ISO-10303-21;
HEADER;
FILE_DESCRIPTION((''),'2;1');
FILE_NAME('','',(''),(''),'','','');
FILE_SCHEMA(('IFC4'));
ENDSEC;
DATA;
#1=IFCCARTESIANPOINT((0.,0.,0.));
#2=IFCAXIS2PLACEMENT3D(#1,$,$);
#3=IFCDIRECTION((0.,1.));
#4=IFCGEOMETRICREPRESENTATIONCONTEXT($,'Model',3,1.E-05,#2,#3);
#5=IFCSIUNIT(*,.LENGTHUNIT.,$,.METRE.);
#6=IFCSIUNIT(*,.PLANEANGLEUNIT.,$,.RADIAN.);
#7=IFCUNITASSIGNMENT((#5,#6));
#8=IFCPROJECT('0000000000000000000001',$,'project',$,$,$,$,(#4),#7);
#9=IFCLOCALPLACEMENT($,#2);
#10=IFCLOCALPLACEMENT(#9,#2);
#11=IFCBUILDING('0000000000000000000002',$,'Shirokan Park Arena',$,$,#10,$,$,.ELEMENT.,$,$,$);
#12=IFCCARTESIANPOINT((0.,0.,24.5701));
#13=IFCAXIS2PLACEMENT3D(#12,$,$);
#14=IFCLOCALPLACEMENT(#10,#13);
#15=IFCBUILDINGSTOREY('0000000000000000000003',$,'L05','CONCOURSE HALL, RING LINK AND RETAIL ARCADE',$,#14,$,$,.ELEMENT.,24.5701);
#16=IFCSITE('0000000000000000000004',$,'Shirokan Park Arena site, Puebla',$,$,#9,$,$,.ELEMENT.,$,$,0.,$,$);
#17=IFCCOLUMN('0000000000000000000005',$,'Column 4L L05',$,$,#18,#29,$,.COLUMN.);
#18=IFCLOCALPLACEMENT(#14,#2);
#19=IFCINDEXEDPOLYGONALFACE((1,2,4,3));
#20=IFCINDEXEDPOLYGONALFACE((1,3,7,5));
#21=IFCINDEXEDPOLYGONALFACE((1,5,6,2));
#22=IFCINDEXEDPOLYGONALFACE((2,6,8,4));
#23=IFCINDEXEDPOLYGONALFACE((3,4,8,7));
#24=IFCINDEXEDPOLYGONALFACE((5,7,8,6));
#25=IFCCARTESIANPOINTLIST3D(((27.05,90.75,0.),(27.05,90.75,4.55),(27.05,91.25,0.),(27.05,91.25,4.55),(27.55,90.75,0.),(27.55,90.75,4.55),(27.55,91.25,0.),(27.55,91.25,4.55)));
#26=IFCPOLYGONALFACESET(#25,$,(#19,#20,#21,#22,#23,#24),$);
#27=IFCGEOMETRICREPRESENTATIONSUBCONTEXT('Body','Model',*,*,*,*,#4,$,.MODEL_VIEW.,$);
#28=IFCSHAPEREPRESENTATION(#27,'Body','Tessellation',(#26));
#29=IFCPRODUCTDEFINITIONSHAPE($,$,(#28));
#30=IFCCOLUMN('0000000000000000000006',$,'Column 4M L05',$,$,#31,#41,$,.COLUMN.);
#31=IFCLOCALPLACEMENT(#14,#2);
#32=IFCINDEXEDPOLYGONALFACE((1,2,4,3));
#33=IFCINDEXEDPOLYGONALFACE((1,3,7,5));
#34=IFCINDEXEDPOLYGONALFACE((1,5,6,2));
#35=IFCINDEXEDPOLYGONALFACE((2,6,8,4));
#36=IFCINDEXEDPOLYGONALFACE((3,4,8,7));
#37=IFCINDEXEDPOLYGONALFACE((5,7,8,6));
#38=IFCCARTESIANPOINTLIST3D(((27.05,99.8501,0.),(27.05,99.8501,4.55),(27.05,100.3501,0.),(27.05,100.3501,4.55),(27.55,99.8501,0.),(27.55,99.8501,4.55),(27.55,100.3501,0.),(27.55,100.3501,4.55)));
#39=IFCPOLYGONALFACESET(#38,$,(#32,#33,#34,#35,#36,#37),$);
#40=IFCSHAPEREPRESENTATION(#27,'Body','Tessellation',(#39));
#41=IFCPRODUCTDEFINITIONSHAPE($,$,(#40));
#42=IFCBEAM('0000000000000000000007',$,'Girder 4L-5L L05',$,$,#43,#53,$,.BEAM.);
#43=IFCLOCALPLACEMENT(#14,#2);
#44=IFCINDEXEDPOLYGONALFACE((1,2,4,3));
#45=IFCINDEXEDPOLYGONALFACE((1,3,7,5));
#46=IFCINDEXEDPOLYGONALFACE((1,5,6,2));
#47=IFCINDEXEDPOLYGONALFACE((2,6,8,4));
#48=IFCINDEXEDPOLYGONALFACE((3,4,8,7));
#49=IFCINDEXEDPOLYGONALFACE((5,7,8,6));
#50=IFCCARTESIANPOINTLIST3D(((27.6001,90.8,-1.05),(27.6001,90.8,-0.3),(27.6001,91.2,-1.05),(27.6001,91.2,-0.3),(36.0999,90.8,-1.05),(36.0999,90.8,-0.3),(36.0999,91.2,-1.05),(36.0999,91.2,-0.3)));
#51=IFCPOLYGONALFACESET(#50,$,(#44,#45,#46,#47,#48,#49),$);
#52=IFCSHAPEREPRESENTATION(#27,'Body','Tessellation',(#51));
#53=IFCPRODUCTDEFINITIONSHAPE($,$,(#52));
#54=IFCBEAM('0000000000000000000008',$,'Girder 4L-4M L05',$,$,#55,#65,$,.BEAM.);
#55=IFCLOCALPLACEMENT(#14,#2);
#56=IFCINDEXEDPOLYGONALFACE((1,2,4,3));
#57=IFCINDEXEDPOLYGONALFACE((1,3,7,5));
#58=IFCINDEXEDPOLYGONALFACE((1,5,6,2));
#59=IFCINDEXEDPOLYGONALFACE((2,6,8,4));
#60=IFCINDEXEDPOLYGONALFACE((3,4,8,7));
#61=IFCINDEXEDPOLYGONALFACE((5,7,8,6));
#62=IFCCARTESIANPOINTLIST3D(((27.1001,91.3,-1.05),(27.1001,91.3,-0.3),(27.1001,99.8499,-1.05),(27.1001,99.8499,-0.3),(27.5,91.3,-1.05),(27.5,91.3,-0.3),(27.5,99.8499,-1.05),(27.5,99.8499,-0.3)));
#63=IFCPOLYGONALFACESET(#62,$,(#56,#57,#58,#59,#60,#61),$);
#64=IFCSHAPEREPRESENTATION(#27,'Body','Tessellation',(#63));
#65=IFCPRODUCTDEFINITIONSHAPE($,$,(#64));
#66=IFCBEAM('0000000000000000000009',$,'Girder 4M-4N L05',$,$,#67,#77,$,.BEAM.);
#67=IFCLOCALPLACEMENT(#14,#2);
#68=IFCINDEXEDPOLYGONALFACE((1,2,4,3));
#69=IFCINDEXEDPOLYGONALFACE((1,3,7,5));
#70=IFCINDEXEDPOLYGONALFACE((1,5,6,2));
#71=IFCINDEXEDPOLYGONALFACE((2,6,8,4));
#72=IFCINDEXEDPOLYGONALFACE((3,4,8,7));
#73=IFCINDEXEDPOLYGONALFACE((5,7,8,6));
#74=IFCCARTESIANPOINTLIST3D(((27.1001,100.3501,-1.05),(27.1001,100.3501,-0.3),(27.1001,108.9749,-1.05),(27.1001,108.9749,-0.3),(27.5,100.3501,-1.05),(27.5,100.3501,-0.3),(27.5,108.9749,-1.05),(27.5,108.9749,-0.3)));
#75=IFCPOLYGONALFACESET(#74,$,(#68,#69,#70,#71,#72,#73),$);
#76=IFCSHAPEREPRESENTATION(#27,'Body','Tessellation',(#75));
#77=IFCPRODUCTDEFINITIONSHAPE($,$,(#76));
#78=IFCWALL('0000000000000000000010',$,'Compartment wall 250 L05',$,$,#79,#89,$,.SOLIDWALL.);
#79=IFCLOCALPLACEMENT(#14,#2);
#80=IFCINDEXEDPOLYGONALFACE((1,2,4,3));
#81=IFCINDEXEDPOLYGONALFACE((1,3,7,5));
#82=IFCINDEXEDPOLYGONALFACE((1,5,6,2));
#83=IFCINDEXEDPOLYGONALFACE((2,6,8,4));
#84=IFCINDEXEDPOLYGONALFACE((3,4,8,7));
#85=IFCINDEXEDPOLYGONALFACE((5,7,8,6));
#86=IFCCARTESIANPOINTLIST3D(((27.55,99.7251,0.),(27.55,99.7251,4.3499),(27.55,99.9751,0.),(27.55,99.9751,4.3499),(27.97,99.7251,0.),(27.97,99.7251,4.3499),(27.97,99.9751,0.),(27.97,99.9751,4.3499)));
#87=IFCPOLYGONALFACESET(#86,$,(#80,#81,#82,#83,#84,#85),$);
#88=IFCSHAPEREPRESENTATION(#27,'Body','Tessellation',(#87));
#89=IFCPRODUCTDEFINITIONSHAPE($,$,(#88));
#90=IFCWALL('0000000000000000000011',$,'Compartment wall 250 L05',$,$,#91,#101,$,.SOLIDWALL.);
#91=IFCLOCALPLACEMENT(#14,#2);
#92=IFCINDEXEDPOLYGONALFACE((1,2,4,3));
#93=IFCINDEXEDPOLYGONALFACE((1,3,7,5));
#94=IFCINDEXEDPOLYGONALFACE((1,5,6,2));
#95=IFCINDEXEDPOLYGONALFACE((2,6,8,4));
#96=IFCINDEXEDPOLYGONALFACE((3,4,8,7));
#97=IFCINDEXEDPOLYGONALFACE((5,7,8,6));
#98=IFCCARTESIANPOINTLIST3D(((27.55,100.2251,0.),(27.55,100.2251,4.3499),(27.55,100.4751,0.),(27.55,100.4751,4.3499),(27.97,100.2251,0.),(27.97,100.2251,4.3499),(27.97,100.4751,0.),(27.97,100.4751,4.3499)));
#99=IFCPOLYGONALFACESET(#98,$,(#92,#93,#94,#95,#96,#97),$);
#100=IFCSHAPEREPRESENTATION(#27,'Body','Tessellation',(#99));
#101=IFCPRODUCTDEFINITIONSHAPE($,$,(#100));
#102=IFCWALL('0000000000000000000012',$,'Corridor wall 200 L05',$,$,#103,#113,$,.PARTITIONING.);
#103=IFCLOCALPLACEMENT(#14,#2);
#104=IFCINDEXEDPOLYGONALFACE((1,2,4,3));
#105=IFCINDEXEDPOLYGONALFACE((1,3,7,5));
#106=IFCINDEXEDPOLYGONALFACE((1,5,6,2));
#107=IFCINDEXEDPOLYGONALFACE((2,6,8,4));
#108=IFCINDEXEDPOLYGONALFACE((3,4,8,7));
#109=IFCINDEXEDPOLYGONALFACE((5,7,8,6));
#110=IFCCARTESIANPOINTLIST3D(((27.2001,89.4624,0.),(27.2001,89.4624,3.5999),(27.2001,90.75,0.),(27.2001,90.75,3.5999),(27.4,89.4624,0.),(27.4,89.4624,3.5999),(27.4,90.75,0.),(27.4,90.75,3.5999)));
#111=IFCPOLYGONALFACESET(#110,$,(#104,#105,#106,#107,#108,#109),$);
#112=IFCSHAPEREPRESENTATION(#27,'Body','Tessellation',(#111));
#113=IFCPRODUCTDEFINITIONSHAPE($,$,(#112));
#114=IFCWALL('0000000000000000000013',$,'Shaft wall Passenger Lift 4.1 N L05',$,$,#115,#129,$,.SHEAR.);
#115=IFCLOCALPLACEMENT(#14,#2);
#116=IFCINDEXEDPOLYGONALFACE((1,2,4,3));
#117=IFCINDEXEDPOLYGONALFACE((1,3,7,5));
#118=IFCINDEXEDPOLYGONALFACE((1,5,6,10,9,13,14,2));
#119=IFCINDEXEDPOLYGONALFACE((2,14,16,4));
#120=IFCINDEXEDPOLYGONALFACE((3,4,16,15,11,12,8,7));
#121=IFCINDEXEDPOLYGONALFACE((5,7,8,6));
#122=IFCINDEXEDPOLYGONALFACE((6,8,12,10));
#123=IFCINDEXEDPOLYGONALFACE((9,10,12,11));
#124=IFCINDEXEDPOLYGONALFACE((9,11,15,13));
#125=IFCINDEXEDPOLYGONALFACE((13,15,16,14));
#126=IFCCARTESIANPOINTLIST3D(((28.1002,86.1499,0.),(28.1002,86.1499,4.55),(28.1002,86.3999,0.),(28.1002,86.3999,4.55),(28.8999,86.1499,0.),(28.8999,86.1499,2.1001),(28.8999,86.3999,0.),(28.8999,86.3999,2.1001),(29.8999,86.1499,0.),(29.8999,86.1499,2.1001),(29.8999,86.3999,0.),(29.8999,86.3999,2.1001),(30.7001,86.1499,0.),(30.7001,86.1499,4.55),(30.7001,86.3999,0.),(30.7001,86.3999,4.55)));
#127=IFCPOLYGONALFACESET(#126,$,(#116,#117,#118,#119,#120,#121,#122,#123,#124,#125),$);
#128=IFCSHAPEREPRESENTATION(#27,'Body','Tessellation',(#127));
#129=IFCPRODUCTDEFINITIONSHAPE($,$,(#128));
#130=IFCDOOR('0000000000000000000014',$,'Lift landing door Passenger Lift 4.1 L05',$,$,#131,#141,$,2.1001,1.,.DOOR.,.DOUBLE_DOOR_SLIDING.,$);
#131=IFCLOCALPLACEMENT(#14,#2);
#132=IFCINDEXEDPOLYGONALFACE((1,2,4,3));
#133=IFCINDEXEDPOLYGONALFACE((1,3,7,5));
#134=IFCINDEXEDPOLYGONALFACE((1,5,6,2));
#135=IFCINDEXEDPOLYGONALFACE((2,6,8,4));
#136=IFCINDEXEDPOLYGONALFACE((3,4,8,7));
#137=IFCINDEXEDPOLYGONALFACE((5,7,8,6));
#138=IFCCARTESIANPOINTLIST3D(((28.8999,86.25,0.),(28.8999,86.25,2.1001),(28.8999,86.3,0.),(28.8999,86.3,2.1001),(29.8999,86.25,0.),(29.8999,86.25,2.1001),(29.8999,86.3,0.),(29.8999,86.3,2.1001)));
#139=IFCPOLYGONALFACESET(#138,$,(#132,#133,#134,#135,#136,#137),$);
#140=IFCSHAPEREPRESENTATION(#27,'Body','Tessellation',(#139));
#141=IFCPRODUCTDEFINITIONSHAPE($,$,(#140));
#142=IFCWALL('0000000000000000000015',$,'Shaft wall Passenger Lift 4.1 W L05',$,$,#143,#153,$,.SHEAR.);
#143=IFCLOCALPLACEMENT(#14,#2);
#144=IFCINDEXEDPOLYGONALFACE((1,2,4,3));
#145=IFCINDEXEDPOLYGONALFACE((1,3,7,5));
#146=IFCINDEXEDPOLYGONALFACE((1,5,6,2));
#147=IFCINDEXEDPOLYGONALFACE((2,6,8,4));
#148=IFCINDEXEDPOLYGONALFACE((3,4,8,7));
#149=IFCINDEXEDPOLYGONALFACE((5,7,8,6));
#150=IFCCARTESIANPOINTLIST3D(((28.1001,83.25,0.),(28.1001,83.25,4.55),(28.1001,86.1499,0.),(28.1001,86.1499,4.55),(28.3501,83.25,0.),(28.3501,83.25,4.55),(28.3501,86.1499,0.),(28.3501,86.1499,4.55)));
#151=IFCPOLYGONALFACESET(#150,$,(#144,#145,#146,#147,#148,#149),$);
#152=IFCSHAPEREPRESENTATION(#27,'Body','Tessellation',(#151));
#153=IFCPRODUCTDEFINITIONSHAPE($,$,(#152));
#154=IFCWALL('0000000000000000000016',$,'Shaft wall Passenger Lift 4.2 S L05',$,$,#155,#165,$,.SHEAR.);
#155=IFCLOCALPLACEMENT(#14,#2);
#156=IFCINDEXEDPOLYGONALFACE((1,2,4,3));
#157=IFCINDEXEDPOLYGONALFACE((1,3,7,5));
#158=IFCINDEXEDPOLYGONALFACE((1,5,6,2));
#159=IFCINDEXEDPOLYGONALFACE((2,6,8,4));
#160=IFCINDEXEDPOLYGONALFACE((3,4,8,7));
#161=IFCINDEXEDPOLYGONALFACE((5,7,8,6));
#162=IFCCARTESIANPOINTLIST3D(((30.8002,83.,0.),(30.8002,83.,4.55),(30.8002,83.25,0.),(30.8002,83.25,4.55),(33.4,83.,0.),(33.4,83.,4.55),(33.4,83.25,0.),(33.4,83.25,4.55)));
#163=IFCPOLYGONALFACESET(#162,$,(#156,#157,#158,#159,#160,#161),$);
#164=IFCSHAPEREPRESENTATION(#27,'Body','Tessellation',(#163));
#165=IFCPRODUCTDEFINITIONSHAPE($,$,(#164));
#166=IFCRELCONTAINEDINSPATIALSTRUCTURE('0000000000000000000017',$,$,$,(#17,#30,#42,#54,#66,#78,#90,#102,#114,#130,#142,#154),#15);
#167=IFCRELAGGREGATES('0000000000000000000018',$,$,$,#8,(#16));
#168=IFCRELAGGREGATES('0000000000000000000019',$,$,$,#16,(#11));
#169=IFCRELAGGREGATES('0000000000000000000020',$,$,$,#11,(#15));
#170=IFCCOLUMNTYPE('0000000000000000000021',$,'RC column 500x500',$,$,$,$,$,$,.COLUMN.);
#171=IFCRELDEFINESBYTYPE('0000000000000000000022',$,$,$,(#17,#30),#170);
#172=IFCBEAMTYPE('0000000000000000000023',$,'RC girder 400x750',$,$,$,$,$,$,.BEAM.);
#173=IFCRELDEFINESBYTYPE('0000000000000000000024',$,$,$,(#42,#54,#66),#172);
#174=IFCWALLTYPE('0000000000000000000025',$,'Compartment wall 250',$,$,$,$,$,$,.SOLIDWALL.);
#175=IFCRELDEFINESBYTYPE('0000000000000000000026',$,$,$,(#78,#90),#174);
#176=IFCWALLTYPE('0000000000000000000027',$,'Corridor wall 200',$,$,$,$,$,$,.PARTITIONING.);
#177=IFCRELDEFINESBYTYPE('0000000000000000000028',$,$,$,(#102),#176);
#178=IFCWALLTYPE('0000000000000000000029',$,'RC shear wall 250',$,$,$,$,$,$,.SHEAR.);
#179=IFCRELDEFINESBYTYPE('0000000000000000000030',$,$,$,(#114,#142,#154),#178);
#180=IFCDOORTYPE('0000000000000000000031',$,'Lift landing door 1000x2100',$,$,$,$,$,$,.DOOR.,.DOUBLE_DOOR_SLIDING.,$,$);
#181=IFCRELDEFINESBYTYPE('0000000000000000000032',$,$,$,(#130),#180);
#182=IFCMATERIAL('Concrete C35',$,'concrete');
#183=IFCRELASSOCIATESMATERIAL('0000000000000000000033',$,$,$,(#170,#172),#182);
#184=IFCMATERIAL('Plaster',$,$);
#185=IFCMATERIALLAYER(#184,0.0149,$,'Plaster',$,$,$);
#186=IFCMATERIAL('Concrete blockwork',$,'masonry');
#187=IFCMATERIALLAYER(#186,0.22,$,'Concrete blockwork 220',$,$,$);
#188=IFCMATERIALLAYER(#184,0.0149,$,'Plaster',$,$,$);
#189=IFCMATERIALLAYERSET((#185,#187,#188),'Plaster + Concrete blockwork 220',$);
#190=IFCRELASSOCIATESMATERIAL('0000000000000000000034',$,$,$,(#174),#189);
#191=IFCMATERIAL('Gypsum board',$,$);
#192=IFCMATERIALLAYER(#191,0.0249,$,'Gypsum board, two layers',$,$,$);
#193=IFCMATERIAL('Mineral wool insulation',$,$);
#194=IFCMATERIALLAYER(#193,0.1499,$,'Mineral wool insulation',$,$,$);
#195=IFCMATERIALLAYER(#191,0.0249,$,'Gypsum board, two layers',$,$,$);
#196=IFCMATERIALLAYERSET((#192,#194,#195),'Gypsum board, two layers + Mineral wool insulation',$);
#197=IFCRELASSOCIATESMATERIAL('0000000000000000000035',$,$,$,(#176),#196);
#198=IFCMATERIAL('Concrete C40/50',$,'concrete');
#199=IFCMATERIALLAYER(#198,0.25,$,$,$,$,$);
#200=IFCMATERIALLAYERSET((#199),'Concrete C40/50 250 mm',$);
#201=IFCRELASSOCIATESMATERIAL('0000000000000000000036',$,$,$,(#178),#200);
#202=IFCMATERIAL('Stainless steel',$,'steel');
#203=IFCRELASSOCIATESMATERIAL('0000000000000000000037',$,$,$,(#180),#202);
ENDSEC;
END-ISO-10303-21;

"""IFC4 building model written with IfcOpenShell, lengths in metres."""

from ifc_helpers import new_model, si_unit, direction, frame, frame_2d, origin, origin_2d, place, context, subcontext, project, spatial, rectangle, extrude, material, layer, layer_set, material_profile, profile_set, type_object, element, fill, save


model = new_model("IFC4")

# Units and contexts
model_context = context("Model", 3, precision=1e-05, world=origin(), true_north=direction((0.0, 1.0)))
body_context = subcontext(model_context, "Body", "Model", "MODEL_VIEW")
ifc_project = project(units=[si_unit("LENGTHUNIT", "METRE"), si_unit("PLANEANGLEUNIT", "RADIAN")], contexts=[model_context])

# Site, building, storey
site_placement = place(None, origin())
site = spatial("IfcSite", under=ifc_project, at=site_placement, Name="Shirokan Park Arena site, Puebla", CompositionType="ELEMENT", RefElevation=0.0)
building_placement = place(site_placement, origin())
building = spatial("IfcBuilding", under=site, at=building_placement, Name="Shirokan Park Arena", CompositionType="ELEMENT")
storey_placement = place(building_placement, frame((0.0, 0.0, 24.5701)))
storey = spatial("IfcBuildingStorey", under=building, at=storey_placement, Name="L05", Description="CONCOURSE HALL, RING LINK AND RETAIL ARCADE", CompositionType="ELEMENT", Elevation=24.5701)

# Columns
ifc_material_1 = material(Name="Concrete C35", Category="concrete")
ifc_material_profile_1 = material_profile(ifc_material_1, rectangle(XDim=0.5, YDim=0.5, at=origin_2d()), Name="500x500")
ifc_profile_set_1 = profile_set([ifc_material_profile_1], Name="Concrete C35")
column_type = type_object("IfcColumnType", Name="RC column 500x500", PredefinedType="COLUMN", material=ifc_profile_set_1)
for number, where, z_axis, x_axis, name in (
    (1, (27.3, 91.0, 0.0), (0.0, 0.0, 1.0), (1.0, 0.0, 0.0), "Column 4L L05"),
    (2, (27.3, 100.1001, 0.0), (0.0, 0.0, 1.0), (1.0, 0.0, 0.0), "Column 4M L05"),
):
    element("IfcColumn", number, at=place(storey_placement, frame(where, z_axis=z_axis, x_axis=x_axis)), inside=storey, type_object=column_type, Name=name, PredefinedType="COLUMN", context=body_context, shape_type="SweptSolid", body=[
        extrude(rectangle(XDim=0.5, YDim=0.5, at=origin_2d()), origin(), (0.0, 0.0, 1.0), 4.55),
    ])

# Beams
ifc_material_profile_2 = material_profile(ifc_material_1, rectangle(XDim=0.3999, YDim=0.75, at=origin_2d()), Name="400x750")
ifc_profile_set_2 = profile_set([ifc_material_profile_2], Name="Concrete C35")
beam_type = type_object("IfcBeamType", Name="RC girder 400x750", PredefinedType="BEAM", material=ifc_profile_set_2)
beam_1_placement = place(storey_placement, frame((27.6001, 91.0, -0.675), z_axis=(1.0, 0.0, 0.0), x_axis=(0.0, 1.0, 0.0)))
element("IfcBeam", 3, at=beam_1_placement, inside=storey, type_object=beam_type, Name="Girder 4L-5L L05", PredefinedType="BEAM", context=body_context, shape_type="SweptSolid", body=[
    extrude(rectangle(XDim=0.3999, YDim=0.75, at=origin_2d()), origin(), (0.0, 0.0, 1.0), 8.4998),
])
beam_2_placement = place(storey_placement, frame((27.3, 91.3, -0.675), z_axis=(0.0, 1.0, 0.0), x_axis=(-1.0, 0.0, 0.0)))
element("IfcBeam", 4, at=beam_2_placement, inside=storey, type_object=beam_type, Name="Girder 4L-4M L05", PredefinedType="BEAM", context=body_context, shape_type="SweptSolid", body=[
    extrude(rectangle(XDim=0.3999, YDim=0.75, at=origin_2d()), origin(), (0.0, 0.0, 1.0), 8.5498),
])
beam_3_placement = place(storey_placement, frame((27.3, 100.3501, -0.675), z_axis=(0.0, 1.0, 0.0), x_axis=(-1.0, 0.0, 0.0)))
element("IfcBeam", 5, at=beam_3_placement, inside=storey, type_object=beam_type, Name="Girder 4M-4N L05", PredefinedType="BEAM", context=body_context, shape_type="SweptSolid", body=[
    extrude(rectangle(XDim=0.3999, YDim=0.75, at=origin_2d()), origin(), (0.0, 0.0, 1.0), 8.6248),
])

# Walls
ifc_material_2 = material(Name="Plaster")
ifc_layer_1 = layer(ifc_material_2, 0.0149, Name="Plaster")
ifc_material_3 = material(Name="Concrete blockwork", Category="masonry")
ifc_layer_2 = layer(ifc_material_3, 0.22, Name="Concrete blockwork 220")
ifc_layer_3 = layer(ifc_material_2, 0.0149, Name="Plaster")
ifc_layer_set_1 = layer_set([ifc_layer_1, ifc_layer_2, ifc_layer_3], Name="Plaster + Concrete blockwork 220")
wall_type_1 = type_object("IfcWallType", Name="Compartment wall 250", PredefinedType="SOLIDWALL", material=ifc_layer_set_1)
for number, where, z_axis, x_axis, name in (
    (6, (27.55, 99.8501, 0.0), (0.0, 0.0, 1.0), (1.0, 0.0, 0.0), "Compartment wall 250 L05"),
    (7, (27.97, 100.3501, 0.0), (0.0, 0.0, 1.0), (-1.0, 0.0, 0.0), "Compartment wall 250 L05"),
):
    element("IfcWall", number, at=place(storey_placement, frame(where, z_axis=z_axis, x_axis=x_axis)), inside=storey, type_object=wall_type_1, Name=name, PredefinedType="SOLIDWALL", context=body_context, shape_type="SweptSolid", body=[
        extrude(rectangle(XDim=0.4199, YDim=0.25, at=frame_2d((0.21, 0.0))), origin(), (0.0, 0.0, 1.0), 4.3499),
    ])
ifc_material_4 = material(Name="Gypsum board")
ifc_layer_4 = layer(ifc_material_4, 0.0249, Name="Gypsum board, two layers")
ifc_material_5 = material(Name="Mineral wool insulation")
ifc_layer_5 = layer(ifc_material_5, 0.1499, Name="Mineral wool insulation")
ifc_layer_6 = layer(ifc_material_4, 0.0249, Name="Gypsum board, two layers")
ifc_layer_set_2 = layer_set([ifc_layer_4, ifc_layer_5, ifc_layer_6], Name="Gypsum board, two layers + Mineral wool insulation")
wall_type_2 = type_object("IfcWallType", Name="Corridor wall 200", PredefinedType="PARTITIONING", material=ifc_layer_set_2)
wall_1_placement = place(storey_placement, frame((27.3, 90.75, 0.0), z_axis=(0.0, 0.0, 1.0), x_axis=(0.0, -1.0, 0.0)))
element("IfcWall", 8, at=wall_1_placement, inside=storey, type_object=wall_type_2, Name="Corridor wall 200 L05", PredefinedType="PARTITIONING", context=body_context, shape_type="SweptSolid", body=[
    extrude(rectangle(XDim=1.2876, YDim=0.2, at=frame_2d((0.6438, 0.0))), origin(), (0.0, 0.0, 1.0), 3.5999),
])

# Wall, opening, door
ifc_material_6 = material(Name="Concrete C40/50", Category="concrete")
ifc_layer_7 = layer(ifc_material_6, 0.25)
ifc_layer_set_3 = layer_set([ifc_layer_7], Name="Concrete C40/50 250 mm")
wall_type_3 = type_object("IfcWallType", Name="RC shear wall 250", PredefinedType="SHEAR", material=ifc_layer_set_3)
wall_2_placement = place(storey_placement, frame((30.7, 86.2749, 0.0), z_axis=(0.0, 0.0, 1.0), x_axis=(-1.0, 0.0, 0.0)))
wall_2 = element("IfcWall", 9, at=wall_2_placement, inside=storey, type_object=wall_type_3, Name="Shaft wall Passenger Lift 4.1 N L05", PredefinedType="SHEAR", context=body_context, shape_type="SweptSolid", body=[
    extrude(rectangle(XDim=2.5999, YDim=0.25, at=frame_2d((1.2998, 0.0))), origin(), (0.0, 0.0, 1.0), 4.55),
])
opening_1_placement = place(wall_2_placement, frame((0.8, 0.0, 0.0)))
opening_1 = element("IfcOpeningElement", 10, at=opening_1_placement, cuts=wall_2, PredefinedType="OPENING", context=body_context, shape_type="SweptSolid", body=[
    extrude(rectangle(XDim=1.0, YDim=2.1001, at=frame_2d((0.5, 1.05))), frame((0.0, 0.135, 0.0), z_axis=(0.0, -1.0, 0.0), x_axis=(1.0, 0.0, 0.0)), (0.0, 0.0, 1.0), 0.27),
])
ifc_material_7 = material(Name="Stainless steel", Category="steel")
door_type_1 = type_object("IfcDoorType", Name="Lift landing door 1000x2100", OperationType="DOUBLE_DOOR_SLIDING", PredefinedType="DOOR", material=ifc_material_7)
door_1_placement = place(opening_1_placement, origin())
door_1 = element("IfcDoor", 11, at=door_1_placement, inside=storey, type_object=door_type_1, Name="Lift landing door Passenger Lift 4.1 L05", OperationType="DOUBLE_DOOR_SLIDING", OverallHeight=2.1001, OverallWidth=1.0, PredefinedType="DOOR", context=body_context, shape_type="SweptSolid", body=[
    extrude(rectangle(XDim=1.0, YDim=2.1001, at=frame_2d((0.5, 1.05))), frame((0.0, 0.0249, 0.0), z_axis=(0.0, -1.0, 0.0), x_axis=(1.0, 0.0, 0.0)), (0.0, 0.0, 1.0), 0.05),
])
fill(opening_1, door_1)

# Walls
wall_3_placement = place(storey_placement, frame((28.2251, 86.1499, 0.0), z_axis=(0.0, 0.0, 1.0), x_axis=(0.0, -1.0, 0.0)))
element("IfcWall", 12, at=wall_3_placement, inside=storey, type_object=wall_type_3, Name="Shaft wall Passenger Lift 4.1 W L05", PredefinedType="SHEAR", context=body_context, shape_type="SweptSolid", body=[
    extrude(rectangle(XDim=2.8999, YDim=0.25, at=frame_2d((1.45, 0.0))), origin(), (0.0, 0.0, 1.0), 4.55),
])
wall_4_placement = place(storey_placement, frame((33.3999, 83.125, 0.0), z_axis=(0.0, 0.0, 1.0), x_axis=(-1.0, 0.0, 0.0)))
element("IfcWall", 13, at=wall_4_placement, inside=storey, type_object=wall_type_3, Name="Shaft wall Passenger Lift 4.2 S L05", PredefinedType="SHEAR", context=body_context, shape_type="SweptSolid", body=[
    extrude(rectangle(XDim=2.5999, YDim=0.25, at=frame_2d((1.2998, 0.0))), origin(), (0.0, 0.0, 1.0), 4.55),
])

save(model, "model.ifc")
